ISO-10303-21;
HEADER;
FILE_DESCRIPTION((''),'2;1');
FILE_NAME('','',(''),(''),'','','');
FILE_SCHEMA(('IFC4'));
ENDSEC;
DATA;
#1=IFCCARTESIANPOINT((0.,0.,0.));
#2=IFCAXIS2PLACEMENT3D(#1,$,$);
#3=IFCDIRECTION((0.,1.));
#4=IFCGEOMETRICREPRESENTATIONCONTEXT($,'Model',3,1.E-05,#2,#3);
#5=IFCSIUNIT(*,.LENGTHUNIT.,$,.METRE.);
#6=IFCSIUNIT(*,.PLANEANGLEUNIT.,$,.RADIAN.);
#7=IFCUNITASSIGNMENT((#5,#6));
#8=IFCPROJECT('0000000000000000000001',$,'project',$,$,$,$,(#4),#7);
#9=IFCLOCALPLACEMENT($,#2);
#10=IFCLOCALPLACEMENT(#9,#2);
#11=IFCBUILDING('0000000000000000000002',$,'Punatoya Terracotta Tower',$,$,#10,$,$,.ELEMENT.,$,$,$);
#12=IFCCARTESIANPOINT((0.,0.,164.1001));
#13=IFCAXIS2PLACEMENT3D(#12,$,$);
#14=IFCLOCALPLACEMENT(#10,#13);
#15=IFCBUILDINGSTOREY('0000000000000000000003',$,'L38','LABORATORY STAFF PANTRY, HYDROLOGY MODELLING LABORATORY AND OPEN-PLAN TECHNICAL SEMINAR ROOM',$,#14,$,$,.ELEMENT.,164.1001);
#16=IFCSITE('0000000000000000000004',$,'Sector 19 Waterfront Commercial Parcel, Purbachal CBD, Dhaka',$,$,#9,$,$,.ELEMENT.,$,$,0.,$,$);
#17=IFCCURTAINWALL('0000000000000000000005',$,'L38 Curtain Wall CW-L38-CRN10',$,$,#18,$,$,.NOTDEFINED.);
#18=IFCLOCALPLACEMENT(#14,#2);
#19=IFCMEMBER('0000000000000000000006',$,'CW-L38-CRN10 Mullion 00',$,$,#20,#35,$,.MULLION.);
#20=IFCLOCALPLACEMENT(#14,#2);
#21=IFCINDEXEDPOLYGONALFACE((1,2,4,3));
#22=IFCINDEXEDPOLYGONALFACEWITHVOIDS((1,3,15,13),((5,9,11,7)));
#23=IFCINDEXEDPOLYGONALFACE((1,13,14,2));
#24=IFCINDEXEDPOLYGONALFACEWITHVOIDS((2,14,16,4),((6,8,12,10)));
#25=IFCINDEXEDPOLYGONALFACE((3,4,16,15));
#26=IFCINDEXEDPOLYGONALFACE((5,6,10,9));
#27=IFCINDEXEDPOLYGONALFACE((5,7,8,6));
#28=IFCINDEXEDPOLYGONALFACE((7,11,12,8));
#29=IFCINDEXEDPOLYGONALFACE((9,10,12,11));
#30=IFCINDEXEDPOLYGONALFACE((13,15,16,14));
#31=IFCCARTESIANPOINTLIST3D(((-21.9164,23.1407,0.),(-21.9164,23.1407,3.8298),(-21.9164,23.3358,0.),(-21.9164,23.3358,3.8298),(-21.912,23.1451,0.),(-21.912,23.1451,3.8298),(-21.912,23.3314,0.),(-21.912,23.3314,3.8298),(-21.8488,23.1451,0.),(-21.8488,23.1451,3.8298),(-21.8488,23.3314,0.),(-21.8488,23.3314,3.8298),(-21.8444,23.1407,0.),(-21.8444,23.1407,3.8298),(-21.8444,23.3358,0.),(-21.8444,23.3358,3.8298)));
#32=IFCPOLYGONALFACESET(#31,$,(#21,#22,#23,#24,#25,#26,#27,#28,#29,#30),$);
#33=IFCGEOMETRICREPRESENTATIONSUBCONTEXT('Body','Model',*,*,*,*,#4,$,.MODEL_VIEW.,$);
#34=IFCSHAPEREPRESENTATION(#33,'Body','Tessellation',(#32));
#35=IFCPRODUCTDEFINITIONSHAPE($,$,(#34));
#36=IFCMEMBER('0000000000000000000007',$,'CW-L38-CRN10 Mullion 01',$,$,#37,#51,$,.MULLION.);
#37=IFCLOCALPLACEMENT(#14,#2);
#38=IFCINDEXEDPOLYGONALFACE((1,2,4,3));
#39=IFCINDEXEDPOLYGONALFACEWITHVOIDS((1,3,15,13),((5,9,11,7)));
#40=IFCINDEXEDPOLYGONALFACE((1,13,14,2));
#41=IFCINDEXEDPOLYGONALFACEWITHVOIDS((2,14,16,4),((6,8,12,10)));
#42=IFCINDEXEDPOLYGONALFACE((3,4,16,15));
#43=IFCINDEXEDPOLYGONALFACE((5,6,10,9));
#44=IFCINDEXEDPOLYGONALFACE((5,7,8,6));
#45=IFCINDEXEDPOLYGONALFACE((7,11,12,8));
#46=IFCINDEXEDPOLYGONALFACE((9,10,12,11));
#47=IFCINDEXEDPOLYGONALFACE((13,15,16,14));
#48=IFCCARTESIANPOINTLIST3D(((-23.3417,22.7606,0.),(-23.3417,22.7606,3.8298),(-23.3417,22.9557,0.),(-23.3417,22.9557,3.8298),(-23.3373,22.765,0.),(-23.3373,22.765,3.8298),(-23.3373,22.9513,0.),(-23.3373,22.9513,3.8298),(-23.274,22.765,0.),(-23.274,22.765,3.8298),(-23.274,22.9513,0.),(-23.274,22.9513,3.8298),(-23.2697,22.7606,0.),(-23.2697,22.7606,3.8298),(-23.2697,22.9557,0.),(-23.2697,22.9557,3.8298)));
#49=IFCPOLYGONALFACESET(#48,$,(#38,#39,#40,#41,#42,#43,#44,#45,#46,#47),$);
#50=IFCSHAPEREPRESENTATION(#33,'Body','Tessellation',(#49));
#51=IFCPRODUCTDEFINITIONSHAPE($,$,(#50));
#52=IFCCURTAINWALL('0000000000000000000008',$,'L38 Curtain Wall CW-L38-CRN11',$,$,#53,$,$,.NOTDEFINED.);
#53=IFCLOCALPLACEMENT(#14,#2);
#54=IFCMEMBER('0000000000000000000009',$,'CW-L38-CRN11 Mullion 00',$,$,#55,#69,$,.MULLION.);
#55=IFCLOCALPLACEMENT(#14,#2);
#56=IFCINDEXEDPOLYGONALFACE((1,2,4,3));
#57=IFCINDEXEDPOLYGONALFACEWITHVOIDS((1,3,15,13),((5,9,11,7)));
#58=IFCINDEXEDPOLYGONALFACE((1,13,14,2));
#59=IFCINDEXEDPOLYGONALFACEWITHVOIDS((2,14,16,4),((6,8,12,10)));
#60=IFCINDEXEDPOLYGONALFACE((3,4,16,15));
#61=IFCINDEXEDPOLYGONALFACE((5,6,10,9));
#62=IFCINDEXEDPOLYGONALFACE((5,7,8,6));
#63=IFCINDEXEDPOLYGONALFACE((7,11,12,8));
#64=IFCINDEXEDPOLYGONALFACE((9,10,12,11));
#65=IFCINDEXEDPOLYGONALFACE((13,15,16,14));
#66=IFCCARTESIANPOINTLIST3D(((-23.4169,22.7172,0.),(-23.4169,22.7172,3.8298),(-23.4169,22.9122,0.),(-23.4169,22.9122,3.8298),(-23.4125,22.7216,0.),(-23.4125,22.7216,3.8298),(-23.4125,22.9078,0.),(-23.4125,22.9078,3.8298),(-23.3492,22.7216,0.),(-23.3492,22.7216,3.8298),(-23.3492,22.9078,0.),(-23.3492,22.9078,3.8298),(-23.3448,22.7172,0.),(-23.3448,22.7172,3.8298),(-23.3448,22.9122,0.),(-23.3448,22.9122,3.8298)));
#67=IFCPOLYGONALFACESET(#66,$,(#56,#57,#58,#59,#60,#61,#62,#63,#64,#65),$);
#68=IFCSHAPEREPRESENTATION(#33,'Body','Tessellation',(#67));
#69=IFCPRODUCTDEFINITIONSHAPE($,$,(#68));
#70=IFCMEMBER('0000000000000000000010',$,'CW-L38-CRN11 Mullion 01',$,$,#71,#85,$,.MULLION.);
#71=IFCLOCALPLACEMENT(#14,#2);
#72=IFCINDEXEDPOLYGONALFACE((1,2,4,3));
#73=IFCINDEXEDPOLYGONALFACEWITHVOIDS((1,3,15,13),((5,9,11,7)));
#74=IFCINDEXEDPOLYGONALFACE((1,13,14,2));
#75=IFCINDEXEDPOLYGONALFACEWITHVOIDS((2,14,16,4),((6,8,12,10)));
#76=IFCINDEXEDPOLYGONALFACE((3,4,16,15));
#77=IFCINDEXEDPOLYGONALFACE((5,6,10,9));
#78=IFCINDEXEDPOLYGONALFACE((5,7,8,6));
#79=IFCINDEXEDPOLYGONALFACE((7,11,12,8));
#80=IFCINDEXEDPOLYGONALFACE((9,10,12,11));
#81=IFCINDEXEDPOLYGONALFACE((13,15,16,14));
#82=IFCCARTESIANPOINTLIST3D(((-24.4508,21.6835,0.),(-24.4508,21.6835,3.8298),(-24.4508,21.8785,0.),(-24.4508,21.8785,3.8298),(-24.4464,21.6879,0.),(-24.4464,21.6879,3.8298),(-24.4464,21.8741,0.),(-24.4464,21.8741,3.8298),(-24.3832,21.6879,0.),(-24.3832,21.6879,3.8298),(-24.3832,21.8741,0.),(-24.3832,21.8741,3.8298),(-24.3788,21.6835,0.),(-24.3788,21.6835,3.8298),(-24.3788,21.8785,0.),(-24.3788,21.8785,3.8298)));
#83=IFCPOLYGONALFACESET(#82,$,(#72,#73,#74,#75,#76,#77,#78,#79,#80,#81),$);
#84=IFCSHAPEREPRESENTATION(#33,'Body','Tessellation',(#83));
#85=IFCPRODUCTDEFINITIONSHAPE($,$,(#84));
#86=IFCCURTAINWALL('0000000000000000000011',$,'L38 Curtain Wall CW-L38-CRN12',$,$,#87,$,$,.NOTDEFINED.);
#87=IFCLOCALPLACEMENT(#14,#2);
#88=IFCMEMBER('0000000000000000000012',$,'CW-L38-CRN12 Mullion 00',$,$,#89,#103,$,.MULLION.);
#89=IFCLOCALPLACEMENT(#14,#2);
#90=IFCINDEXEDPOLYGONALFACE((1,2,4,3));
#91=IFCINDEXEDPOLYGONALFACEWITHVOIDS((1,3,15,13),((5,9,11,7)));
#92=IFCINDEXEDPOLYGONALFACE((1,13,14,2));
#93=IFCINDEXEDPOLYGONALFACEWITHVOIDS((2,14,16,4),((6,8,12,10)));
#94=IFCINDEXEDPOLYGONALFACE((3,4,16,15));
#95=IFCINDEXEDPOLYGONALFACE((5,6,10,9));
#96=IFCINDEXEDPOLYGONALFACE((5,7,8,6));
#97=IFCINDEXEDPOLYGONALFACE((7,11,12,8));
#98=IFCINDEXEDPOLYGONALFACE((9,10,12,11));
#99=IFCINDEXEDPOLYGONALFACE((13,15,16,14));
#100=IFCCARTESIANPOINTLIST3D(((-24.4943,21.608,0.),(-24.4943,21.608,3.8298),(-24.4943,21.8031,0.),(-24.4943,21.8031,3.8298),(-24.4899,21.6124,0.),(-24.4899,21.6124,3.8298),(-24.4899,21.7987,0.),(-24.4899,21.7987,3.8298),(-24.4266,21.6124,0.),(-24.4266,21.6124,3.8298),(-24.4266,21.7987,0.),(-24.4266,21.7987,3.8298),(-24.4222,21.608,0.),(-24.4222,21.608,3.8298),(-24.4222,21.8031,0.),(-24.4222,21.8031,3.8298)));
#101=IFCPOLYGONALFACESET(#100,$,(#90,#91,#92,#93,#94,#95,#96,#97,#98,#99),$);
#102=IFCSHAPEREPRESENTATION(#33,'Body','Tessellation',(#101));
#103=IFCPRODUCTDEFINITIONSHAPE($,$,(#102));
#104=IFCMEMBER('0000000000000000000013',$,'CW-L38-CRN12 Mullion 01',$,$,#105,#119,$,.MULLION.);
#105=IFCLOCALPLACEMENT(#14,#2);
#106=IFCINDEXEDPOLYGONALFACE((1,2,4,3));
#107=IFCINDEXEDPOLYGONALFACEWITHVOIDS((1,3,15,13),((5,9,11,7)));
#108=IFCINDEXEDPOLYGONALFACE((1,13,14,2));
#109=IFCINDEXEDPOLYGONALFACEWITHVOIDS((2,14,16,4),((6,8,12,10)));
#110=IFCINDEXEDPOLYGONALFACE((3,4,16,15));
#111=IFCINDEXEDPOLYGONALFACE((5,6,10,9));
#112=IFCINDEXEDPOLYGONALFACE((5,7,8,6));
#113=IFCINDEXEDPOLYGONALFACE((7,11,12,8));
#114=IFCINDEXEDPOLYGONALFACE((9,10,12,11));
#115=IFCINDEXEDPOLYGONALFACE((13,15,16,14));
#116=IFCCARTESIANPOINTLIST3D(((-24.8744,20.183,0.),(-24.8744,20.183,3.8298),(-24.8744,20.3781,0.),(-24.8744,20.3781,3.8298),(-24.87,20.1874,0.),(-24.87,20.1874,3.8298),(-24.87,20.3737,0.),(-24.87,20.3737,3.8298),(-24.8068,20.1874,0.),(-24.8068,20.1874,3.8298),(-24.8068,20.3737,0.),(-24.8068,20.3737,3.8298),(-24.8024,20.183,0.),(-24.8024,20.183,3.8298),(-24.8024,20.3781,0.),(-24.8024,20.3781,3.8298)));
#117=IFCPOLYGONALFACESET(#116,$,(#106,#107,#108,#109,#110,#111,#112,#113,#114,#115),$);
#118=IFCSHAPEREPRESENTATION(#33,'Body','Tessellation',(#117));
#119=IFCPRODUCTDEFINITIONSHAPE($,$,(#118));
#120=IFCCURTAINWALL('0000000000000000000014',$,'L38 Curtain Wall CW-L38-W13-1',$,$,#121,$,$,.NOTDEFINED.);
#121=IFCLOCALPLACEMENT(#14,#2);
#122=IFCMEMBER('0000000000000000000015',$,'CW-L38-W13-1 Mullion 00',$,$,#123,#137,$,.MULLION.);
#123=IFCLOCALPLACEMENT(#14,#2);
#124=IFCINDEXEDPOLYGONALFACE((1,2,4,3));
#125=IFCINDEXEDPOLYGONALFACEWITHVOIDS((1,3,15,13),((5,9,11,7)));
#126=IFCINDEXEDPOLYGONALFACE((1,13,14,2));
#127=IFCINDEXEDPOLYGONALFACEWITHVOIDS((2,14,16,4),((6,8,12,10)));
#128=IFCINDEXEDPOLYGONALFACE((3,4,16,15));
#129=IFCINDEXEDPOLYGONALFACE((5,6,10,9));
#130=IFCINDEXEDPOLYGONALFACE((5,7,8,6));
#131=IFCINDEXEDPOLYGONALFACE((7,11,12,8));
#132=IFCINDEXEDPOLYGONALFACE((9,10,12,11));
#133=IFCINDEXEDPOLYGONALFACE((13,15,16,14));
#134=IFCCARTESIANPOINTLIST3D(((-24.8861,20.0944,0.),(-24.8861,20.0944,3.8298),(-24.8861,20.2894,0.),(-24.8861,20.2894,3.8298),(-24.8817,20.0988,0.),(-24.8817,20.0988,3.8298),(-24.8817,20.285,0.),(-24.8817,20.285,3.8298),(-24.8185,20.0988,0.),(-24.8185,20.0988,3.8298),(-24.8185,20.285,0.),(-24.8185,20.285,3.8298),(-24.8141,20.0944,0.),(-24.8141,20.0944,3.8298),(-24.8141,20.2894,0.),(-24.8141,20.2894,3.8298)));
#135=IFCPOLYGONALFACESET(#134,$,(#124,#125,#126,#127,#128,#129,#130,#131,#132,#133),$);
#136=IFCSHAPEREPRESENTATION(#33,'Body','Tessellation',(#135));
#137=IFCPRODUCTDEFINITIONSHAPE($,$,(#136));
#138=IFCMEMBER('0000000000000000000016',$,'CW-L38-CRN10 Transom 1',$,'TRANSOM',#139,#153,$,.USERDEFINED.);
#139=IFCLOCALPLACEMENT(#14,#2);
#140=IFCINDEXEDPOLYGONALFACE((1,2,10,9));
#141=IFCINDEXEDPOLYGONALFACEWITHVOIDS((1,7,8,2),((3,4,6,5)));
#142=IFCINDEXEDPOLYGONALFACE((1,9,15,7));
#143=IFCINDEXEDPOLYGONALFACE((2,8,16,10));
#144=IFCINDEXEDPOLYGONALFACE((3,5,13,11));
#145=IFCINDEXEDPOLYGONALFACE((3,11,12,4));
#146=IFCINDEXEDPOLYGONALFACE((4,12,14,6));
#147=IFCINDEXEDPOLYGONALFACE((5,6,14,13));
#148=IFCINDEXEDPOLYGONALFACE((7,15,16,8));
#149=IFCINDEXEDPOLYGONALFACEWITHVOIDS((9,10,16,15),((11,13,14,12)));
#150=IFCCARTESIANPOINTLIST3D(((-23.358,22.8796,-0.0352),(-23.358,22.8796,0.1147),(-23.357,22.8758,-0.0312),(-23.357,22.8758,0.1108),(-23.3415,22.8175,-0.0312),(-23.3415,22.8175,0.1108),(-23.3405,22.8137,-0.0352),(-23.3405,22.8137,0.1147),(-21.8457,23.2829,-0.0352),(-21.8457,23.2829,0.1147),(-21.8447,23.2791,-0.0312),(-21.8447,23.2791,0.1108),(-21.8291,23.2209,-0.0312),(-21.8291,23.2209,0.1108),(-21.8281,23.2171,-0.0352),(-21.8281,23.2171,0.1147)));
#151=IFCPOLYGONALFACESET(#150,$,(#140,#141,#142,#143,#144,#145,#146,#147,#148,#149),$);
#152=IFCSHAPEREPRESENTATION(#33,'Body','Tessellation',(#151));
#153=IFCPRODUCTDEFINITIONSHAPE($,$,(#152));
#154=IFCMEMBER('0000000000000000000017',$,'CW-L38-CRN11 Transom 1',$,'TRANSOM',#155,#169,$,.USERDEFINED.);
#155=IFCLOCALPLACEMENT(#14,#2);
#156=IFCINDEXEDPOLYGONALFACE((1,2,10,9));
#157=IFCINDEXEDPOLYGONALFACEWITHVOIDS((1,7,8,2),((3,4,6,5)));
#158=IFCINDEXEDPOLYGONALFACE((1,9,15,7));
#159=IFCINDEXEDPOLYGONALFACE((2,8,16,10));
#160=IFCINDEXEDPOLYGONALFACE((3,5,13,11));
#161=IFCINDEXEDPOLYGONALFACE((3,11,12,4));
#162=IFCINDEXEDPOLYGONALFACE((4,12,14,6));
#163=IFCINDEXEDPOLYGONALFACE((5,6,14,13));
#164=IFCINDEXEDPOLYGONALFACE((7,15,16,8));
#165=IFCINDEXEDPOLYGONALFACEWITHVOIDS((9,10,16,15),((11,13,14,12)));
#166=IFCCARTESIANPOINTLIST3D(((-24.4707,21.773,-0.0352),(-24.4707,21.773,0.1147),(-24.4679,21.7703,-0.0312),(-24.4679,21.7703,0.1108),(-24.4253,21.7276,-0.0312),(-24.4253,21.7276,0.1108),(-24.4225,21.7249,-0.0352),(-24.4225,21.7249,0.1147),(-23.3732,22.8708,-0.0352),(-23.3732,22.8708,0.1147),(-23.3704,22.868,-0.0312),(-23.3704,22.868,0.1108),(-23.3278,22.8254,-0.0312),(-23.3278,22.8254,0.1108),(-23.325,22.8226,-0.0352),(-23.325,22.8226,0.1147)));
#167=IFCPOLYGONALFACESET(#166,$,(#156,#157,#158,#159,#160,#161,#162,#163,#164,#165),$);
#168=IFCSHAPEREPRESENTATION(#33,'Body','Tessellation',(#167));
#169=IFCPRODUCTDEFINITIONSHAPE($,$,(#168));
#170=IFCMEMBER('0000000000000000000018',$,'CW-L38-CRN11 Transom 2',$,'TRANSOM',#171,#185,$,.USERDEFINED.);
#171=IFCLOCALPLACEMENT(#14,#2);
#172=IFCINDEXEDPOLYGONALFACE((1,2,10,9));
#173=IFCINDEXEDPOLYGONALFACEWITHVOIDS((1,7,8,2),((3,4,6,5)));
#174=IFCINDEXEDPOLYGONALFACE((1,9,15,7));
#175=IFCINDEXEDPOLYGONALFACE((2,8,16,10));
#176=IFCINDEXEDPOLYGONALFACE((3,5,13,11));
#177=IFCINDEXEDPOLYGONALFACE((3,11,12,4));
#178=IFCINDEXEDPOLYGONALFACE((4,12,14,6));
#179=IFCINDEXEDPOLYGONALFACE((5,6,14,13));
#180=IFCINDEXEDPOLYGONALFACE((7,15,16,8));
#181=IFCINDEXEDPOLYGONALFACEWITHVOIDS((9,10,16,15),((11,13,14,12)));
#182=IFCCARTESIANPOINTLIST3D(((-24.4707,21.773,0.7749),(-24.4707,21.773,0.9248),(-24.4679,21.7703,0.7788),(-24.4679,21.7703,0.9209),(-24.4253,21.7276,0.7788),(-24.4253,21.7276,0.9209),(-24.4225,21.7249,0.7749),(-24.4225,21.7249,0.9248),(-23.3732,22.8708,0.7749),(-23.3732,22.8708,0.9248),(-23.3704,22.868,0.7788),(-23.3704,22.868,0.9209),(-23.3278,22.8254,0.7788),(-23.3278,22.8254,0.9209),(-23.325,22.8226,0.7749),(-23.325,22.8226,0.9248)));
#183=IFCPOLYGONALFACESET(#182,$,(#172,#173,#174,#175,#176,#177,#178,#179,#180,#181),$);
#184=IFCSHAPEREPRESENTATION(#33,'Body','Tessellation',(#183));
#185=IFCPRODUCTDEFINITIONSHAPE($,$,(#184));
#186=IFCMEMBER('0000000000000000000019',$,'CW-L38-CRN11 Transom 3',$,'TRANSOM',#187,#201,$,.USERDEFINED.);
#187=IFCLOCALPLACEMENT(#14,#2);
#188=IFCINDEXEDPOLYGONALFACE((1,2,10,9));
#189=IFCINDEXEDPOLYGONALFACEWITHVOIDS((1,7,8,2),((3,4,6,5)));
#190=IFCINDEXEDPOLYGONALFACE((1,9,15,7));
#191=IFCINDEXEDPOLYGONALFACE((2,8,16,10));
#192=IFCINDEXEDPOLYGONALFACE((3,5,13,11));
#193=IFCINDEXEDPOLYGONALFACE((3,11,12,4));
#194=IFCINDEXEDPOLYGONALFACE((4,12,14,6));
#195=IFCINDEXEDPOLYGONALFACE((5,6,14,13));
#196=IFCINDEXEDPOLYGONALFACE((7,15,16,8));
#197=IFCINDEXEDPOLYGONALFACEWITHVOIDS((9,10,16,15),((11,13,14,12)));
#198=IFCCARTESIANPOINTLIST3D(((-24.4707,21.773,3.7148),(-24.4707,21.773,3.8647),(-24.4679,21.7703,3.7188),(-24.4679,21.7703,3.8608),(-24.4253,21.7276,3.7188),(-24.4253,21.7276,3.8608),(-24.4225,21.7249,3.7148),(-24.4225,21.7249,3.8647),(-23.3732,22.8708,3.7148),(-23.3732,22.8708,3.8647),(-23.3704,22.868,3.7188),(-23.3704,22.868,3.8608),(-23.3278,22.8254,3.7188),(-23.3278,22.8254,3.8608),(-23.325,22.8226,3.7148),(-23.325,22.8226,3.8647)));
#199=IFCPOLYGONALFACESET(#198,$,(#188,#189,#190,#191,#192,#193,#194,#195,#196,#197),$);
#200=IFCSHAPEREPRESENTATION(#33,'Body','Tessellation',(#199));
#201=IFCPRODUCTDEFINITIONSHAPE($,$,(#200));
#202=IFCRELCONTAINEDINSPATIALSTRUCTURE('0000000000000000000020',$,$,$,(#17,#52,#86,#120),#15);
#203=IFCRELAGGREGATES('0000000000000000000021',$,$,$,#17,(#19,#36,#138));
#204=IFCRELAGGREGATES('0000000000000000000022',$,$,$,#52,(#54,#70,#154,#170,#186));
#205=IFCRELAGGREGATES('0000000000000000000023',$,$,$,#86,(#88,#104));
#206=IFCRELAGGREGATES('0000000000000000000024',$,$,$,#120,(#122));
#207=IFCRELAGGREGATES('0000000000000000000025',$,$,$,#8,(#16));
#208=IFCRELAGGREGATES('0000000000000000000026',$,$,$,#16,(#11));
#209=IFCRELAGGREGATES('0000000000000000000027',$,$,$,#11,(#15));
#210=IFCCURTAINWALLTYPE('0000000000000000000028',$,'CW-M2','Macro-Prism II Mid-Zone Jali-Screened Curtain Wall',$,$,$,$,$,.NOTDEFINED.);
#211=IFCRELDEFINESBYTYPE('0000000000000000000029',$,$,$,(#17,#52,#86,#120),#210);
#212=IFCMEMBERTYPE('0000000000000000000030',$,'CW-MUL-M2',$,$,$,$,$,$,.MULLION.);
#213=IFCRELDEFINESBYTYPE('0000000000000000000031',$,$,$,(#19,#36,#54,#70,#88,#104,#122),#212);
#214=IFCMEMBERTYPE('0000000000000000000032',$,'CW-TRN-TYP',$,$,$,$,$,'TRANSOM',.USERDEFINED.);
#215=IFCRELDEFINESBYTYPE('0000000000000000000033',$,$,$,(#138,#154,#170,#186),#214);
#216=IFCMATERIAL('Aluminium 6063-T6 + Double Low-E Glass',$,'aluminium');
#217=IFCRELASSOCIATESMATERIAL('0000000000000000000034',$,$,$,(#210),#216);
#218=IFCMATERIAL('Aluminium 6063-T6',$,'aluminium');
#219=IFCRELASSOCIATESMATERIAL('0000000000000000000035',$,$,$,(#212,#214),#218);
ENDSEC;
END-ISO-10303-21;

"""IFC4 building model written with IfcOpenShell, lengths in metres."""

from ifc_helpers import new_model, si_unit, direction, frame, origin, origin_2d, place, context, subcontext, project, spatial, hollow_rectangle, extrude, material, material_profile, profile_set, type_object, element, aggregate, save


model = new_model("IFC4")

# Units and contexts
model_context = context("Model", 3, precision=1e-05, world=origin(), true_north=direction((0.0, 1.0)))
body_context = subcontext(model_context, "Body", "Model", "MODEL_VIEW")
ifc_project = project(units=[si_unit("LENGTHUNIT", "METRE"), si_unit("PLANEANGLEUNIT", "RADIAN")], contexts=[model_context])

# Site, building, storey
site_placement = place(None, origin())
site = spatial("IfcSite", under=ifc_project, at=site_placement, Name="Sector 19 Waterfront Commercial Parcel, Purbachal CBD, Dhaka", CompositionType="ELEMENT", RefElevation=0.0)
building_placement = place(site_placement, origin())
building = spatial("IfcBuilding", under=site, at=building_placement, Name="Punatoya Terracotta Tower", CompositionType="ELEMENT")
storey_placement = place(building_placement, frame((0.0, 0.0, 164.1001)))
storey = spatial("IfcBuildingStorey", under=building, at=storey_placement, Name="L38", Description="LABORATORY STAFF PANTRY, HYDROLOGY MODELLING LABORATORY AND OPEN-PLAN TECHNICAL SEMINAR ROOM", CompositionType="ELEMENT", Elevation=164.1001)

# Curtain walls, members
ifc_material_1 = material(Name="Aluminium 6063-T6 + Double Low-E Glass", Category="aluminium")
curtain_wall_type = type_object("IfcCurtainWallType", Name="CW-M2", Description="Macro-Prism II Mid-Zone Jali-Screened Curtain Wall", PredefinedType="NOTDEFINED", material=ifc_material_1)
curtain_wall_1_placement = place(storey_placement, origin())
curtain_wall_1 = element("IfcCurtainWall", 1, at=curtain_wall_1_placement, inside=storey, type_object=curtain_wall_type, Name="L38 Curtain Wall CW-L38-CRN10", PredefinedType="NOTDEFINED")
ifc_material_2 = material(Name="Aluminium 6063-T6", Category="aluminium")
ifc_material_profile_1 = material_profile(ifc_material_2, hollow_rectangle(XDim=0.072, YDim=0.1951, WallThickness=0.0044, at=origin_2d()))
ifc_profile_set_1 = profile_set([ifc_material_profile_1], Name="Aluminium 6063-T6")
member_type_1 = type_object("IfcMemberType", Name="CW-MUL-M2", PredefinedType="MULLION", material=ifc_profile_set_1)
member_1_placement = place(storey_placement, frame((-21.8804, 23.2383, 0.0), z_axis=(0.0, 0.0, 1.0), x_axis=(1.0, 0.0, 0.0)))
member_1 = element("IfcMember", 2, at=member_1_placement, type_object=member_type_1, Name="CW-L38-CRN10 Mullion 00", PredefinedType="MULLION", context=body_context, shape_type="SweptSolid", body=[
    extrude(hollow_rectangle(XDim=0.072, YDim=0.1951, WallThickness=0.0044, at=origin_2d()), origin(), (0.0, 0.0, 1.0), 3.8298),
])
member_2_placement = place(storey_placement, frame((-23.3057, 22.8582, 0.0), z_axis=(0.0, 0.0, 1.0), x_axis=(1.0, 0.0, 0.0)))
member_2 = element("IfcMember", 3, at=member_2_placement, type_object=member_type_1, Name="CW-L38-CRN10 Mullion 01", PredefinedType="MULLION", context=body_context, shape_type="SweptSolid", body=[
    extrude(hollow_rectangle(XDim=0.072, YDim=0.1951, WallThickness=0.0044, at=origin_2d()), origin(), (0.0, 0.0, 1.0), 3.8298),
])
curtain_wall_2_placement = place(storey_placement, origin())
curtain_wall_2 = element("IfcCurtainWall", 4, at=curtain_wall_2_placement, inside=storey, type_object=curtain_wall_type, Name="L38 Curtain Wall CW-L38-CRN11", PredefinedType="NOTDEFINED")
member_3_placement = place(storey_placement, frame((-23.3809, 22.8147, 0.0), z_axis=(0.0, 0.0, 1.0), x_axis=(1.0, 0.0, 0.0)))
member_3 = element("IfcMember", 5, at=member_3_placement, type_object=member_type_1, Name="CW-L38-CRN11 Mullion 00", PredefinedType="MULLION", context=body_context, shape_type="SweptSolid", body=[
    extrude(hollow_rectangle(XDim=0.072, YDim=0.1951, WallThickness=0.0044, at=origin_2d()), origin(), (0.0, 0.0, 1.0), 3.8298),
])
member_4_placement = place(storey_placement, frame((-24.4148, 21.781, 0.0), z_axis=(0.0, 0.0, 1.0), x_axis=(1.0, 0.0, 0.0)))
member_4 = element("IfcMember", 6, at=member_4_placement, type_object=member_type_1, Name="CW-L38-CRN11 Mullion 01", PredefinedType="MULLION", context=body_context, shape_type="SweptSolid", body=[
    extrude(hollow_rectangle(XDim=0.072, YDim=0.1951, WallThickness=0.0044, at=origin_2d()), origin(), (0.0, 0.0, 1.0), 3.8298),
])
curtain_wall_3_placement = place(storey_placement, origin())
curtain_wall_3 = element("IfcCurtainWall", 7, at=curtain_wall_3_placement, inside=storey, type_object=curtain_wall_type, Name="L38 Curtain Wall CW-L38-CRN12", PredefinedType="NOTDEFINED")
member_5_placement = place(storey_placement, frame((-24.4583, 21.7056, 0.0), z_axis=(0.0, 0.0, 1.0), x_axis=(1.0, 0.0, 0.0)))
member_5 = element("IfcMember", 8, at=member_5_placement, type_object=member_type_1, Name="CW-L38-CRN12 Mullion 00", PredefinedType="MULLION", context=body_context, shape_type="SweptSolid", body=[
    extrude(hollow_rectangle(XDim=0.072, YDim=0.1951, WallThickness=0.0044, at=origin_2d()), origin(), (0.0, 0.0, 1.0), 3.8298),
])
member_6_placement = place(storey_placement, frame((-24.8384, 20.2805, 0.0), z_axis=(0.0, 0.0, 1.0), x_axis=(1.0, 0.0, 0.0)))
member_6 = element("IfcMember", 9, at=member_6_placement, type_object=member_type_1, Name="CW-L38-CRN12 Mullion 01", PredefinedType="MULLION", context=body_context, shape_type="SweptSolid", body=[
    extrude(hollow_rectangle(XDim=0.072, YDim=0.1951, WallThickness=0.0044, at=origin_2d()), origin(), (0.0, 0.0, 1.0), 3.8298),
])

# Curtain wall, member
curtain_wall_4_placement = place(storey_placement, origin())
curtain_wall_4 = element("IfcCurtainWall", 10, at=curtain_wall_4_placement, inside=storey, type_object=curtain_wall_type, Name="L38 Curtain Wall CW-L38-W13-1", PredefinedType="NOTDEFINED")
member_7_placement = place(storey_placement, frame((-24.8501, 20.1919, 0.0), z_axis=(0.0, 0.0, 1.0), x_axis=(1.0, 0.0, 0.0)))
member_7 = element("IfcMember", 11, at=member_7_placement, type_object=member_type_1, Name="CW-L38-W13-1 Mullion 00", PredefinedType="MULLION", context=body_context, shape_type="SweptSolid", body=[
    extrude(hollow_rectangle(XDim=0.072, YDim=0.1951, WallThickness=0.0044, at=origin_2d()), origin(), (0.0, 0.0, 1.0), 3.8298),
])

# Members
ifc_material_profile_2 = material_profile(ifc_material_2, hollow_rectangle(XDim=0.0681, YDim=0.1499, WallThickness=0.0039, at=origin_2d()))
ifc_profile_set_2 = profile_set([ifc_material_profile_2], Name="Aluminium 6063-T6")
member_type_2 = type_object("IfcMemberType", Name="CW-TRN-TYP", ElementType="TRANSOM", PredefinedType="USERDEFINED", material=ifc_profile_set_2)
member_8_placement = place(storey_placement, frame((-21.8369, 23.25, 0.0398), z_axis=(-0.966225, -0.257701, 0.0), x_axis=(0.257701, -0.966225, 0.0)))
member_8 = element("IfcMember", 12, at=member_8_placement, type_object=member_type_2, Name="CW-L38-CRN10 Transom 1", ObjectType="TRANSOM", PredefinedType="USERDEFINED", context=body_context, shape_type="SweptSolid", body=[
    extrude(hollow_rectangle(XDim=0.0681, YDim=0.1499, WallThickness=0.0039, at=origin_2d()), origin(), (0.0, 0.0, 1.0), 1.5652),
])
member_9_placement = place(storey_placement, frame((-23.3491, 22.8467, 0.0398), z_axis=(-0.707028, -0.707185, 0.0), x_axis=(0.707185, -0.707028, 0.0)))
member_9 = element("IfcMember", 13, at=member_9_placement, type_object=member_type_2, Name="CW-L38-CRN11 Transom 1", ObjectType="TRANSOM", PredefinedType="USERDEFINED", context=body_context, shape_type="SweptSolid", body=[
    extrude(hollow_rectangle(XDim=0.0681, YDim=0.1499, WallThickness=0.0039, at=origin_2d()), origin(), (0.0, 0.0, 1.0), 1.5522),
])
member_10_placement = place(storey_placement, frame((-23.3491, 22.8467, 0.8499), z_axis=(-0.707028, -0.707185, 0.0), x_axis=(0.707185, -0.707028, 0.0)))
member_10 = element("IfcMember", 14, at=member_10_placement, type_object=member_type_2, Name="CW-L38-CRN11 Transom 2", ObjectType="TRANSOM", PredefinedType="USERDEFINED", context=body_context, shape_type="SweptSolid", body=[
    extrude(hollow_rectangle(XDim=0.0681, YDim=0.1499, WallThickness=0.0039, at=origin_2d()), origin(), (0.0, 0.0, 1.0), 1.5522),
])
member_11_placement = place(storey_placement, frame((-23.3491, 22.8467, 3.7898), z_axis=(-0.707028, -0.707185, 0.0), x_axis=(0.707185, -0.707028, 0.0)))
member_11 = element("IfcMember", 15, at=member_11_placement, type_object=member_type_2, Name="CW-L38-CRN11 Transom 3", ObjectType="TRANSOM", PredefinedType="USERDEFINED", context=body_context, shape_type="SweptSolid", body=[
    extrude(hollow_rectangle(XDim=0.0681, YDim=0.1499, WallThickness=0.0039, at=origin_2d()), origin(), (0.0, 0.0, 1.0), 1.5522),
])

aggregate(curtain_wall_1, [member_1, member_2, member_8])
aggregate(curtain_wall_2, [member_3, member_4, member_9, member_10, member_11])
aggregate(curtain_wall_3, [member_5, member_6])
aggregate(curtain_wall_4, [member_7])

save(model, "model.ifc")
